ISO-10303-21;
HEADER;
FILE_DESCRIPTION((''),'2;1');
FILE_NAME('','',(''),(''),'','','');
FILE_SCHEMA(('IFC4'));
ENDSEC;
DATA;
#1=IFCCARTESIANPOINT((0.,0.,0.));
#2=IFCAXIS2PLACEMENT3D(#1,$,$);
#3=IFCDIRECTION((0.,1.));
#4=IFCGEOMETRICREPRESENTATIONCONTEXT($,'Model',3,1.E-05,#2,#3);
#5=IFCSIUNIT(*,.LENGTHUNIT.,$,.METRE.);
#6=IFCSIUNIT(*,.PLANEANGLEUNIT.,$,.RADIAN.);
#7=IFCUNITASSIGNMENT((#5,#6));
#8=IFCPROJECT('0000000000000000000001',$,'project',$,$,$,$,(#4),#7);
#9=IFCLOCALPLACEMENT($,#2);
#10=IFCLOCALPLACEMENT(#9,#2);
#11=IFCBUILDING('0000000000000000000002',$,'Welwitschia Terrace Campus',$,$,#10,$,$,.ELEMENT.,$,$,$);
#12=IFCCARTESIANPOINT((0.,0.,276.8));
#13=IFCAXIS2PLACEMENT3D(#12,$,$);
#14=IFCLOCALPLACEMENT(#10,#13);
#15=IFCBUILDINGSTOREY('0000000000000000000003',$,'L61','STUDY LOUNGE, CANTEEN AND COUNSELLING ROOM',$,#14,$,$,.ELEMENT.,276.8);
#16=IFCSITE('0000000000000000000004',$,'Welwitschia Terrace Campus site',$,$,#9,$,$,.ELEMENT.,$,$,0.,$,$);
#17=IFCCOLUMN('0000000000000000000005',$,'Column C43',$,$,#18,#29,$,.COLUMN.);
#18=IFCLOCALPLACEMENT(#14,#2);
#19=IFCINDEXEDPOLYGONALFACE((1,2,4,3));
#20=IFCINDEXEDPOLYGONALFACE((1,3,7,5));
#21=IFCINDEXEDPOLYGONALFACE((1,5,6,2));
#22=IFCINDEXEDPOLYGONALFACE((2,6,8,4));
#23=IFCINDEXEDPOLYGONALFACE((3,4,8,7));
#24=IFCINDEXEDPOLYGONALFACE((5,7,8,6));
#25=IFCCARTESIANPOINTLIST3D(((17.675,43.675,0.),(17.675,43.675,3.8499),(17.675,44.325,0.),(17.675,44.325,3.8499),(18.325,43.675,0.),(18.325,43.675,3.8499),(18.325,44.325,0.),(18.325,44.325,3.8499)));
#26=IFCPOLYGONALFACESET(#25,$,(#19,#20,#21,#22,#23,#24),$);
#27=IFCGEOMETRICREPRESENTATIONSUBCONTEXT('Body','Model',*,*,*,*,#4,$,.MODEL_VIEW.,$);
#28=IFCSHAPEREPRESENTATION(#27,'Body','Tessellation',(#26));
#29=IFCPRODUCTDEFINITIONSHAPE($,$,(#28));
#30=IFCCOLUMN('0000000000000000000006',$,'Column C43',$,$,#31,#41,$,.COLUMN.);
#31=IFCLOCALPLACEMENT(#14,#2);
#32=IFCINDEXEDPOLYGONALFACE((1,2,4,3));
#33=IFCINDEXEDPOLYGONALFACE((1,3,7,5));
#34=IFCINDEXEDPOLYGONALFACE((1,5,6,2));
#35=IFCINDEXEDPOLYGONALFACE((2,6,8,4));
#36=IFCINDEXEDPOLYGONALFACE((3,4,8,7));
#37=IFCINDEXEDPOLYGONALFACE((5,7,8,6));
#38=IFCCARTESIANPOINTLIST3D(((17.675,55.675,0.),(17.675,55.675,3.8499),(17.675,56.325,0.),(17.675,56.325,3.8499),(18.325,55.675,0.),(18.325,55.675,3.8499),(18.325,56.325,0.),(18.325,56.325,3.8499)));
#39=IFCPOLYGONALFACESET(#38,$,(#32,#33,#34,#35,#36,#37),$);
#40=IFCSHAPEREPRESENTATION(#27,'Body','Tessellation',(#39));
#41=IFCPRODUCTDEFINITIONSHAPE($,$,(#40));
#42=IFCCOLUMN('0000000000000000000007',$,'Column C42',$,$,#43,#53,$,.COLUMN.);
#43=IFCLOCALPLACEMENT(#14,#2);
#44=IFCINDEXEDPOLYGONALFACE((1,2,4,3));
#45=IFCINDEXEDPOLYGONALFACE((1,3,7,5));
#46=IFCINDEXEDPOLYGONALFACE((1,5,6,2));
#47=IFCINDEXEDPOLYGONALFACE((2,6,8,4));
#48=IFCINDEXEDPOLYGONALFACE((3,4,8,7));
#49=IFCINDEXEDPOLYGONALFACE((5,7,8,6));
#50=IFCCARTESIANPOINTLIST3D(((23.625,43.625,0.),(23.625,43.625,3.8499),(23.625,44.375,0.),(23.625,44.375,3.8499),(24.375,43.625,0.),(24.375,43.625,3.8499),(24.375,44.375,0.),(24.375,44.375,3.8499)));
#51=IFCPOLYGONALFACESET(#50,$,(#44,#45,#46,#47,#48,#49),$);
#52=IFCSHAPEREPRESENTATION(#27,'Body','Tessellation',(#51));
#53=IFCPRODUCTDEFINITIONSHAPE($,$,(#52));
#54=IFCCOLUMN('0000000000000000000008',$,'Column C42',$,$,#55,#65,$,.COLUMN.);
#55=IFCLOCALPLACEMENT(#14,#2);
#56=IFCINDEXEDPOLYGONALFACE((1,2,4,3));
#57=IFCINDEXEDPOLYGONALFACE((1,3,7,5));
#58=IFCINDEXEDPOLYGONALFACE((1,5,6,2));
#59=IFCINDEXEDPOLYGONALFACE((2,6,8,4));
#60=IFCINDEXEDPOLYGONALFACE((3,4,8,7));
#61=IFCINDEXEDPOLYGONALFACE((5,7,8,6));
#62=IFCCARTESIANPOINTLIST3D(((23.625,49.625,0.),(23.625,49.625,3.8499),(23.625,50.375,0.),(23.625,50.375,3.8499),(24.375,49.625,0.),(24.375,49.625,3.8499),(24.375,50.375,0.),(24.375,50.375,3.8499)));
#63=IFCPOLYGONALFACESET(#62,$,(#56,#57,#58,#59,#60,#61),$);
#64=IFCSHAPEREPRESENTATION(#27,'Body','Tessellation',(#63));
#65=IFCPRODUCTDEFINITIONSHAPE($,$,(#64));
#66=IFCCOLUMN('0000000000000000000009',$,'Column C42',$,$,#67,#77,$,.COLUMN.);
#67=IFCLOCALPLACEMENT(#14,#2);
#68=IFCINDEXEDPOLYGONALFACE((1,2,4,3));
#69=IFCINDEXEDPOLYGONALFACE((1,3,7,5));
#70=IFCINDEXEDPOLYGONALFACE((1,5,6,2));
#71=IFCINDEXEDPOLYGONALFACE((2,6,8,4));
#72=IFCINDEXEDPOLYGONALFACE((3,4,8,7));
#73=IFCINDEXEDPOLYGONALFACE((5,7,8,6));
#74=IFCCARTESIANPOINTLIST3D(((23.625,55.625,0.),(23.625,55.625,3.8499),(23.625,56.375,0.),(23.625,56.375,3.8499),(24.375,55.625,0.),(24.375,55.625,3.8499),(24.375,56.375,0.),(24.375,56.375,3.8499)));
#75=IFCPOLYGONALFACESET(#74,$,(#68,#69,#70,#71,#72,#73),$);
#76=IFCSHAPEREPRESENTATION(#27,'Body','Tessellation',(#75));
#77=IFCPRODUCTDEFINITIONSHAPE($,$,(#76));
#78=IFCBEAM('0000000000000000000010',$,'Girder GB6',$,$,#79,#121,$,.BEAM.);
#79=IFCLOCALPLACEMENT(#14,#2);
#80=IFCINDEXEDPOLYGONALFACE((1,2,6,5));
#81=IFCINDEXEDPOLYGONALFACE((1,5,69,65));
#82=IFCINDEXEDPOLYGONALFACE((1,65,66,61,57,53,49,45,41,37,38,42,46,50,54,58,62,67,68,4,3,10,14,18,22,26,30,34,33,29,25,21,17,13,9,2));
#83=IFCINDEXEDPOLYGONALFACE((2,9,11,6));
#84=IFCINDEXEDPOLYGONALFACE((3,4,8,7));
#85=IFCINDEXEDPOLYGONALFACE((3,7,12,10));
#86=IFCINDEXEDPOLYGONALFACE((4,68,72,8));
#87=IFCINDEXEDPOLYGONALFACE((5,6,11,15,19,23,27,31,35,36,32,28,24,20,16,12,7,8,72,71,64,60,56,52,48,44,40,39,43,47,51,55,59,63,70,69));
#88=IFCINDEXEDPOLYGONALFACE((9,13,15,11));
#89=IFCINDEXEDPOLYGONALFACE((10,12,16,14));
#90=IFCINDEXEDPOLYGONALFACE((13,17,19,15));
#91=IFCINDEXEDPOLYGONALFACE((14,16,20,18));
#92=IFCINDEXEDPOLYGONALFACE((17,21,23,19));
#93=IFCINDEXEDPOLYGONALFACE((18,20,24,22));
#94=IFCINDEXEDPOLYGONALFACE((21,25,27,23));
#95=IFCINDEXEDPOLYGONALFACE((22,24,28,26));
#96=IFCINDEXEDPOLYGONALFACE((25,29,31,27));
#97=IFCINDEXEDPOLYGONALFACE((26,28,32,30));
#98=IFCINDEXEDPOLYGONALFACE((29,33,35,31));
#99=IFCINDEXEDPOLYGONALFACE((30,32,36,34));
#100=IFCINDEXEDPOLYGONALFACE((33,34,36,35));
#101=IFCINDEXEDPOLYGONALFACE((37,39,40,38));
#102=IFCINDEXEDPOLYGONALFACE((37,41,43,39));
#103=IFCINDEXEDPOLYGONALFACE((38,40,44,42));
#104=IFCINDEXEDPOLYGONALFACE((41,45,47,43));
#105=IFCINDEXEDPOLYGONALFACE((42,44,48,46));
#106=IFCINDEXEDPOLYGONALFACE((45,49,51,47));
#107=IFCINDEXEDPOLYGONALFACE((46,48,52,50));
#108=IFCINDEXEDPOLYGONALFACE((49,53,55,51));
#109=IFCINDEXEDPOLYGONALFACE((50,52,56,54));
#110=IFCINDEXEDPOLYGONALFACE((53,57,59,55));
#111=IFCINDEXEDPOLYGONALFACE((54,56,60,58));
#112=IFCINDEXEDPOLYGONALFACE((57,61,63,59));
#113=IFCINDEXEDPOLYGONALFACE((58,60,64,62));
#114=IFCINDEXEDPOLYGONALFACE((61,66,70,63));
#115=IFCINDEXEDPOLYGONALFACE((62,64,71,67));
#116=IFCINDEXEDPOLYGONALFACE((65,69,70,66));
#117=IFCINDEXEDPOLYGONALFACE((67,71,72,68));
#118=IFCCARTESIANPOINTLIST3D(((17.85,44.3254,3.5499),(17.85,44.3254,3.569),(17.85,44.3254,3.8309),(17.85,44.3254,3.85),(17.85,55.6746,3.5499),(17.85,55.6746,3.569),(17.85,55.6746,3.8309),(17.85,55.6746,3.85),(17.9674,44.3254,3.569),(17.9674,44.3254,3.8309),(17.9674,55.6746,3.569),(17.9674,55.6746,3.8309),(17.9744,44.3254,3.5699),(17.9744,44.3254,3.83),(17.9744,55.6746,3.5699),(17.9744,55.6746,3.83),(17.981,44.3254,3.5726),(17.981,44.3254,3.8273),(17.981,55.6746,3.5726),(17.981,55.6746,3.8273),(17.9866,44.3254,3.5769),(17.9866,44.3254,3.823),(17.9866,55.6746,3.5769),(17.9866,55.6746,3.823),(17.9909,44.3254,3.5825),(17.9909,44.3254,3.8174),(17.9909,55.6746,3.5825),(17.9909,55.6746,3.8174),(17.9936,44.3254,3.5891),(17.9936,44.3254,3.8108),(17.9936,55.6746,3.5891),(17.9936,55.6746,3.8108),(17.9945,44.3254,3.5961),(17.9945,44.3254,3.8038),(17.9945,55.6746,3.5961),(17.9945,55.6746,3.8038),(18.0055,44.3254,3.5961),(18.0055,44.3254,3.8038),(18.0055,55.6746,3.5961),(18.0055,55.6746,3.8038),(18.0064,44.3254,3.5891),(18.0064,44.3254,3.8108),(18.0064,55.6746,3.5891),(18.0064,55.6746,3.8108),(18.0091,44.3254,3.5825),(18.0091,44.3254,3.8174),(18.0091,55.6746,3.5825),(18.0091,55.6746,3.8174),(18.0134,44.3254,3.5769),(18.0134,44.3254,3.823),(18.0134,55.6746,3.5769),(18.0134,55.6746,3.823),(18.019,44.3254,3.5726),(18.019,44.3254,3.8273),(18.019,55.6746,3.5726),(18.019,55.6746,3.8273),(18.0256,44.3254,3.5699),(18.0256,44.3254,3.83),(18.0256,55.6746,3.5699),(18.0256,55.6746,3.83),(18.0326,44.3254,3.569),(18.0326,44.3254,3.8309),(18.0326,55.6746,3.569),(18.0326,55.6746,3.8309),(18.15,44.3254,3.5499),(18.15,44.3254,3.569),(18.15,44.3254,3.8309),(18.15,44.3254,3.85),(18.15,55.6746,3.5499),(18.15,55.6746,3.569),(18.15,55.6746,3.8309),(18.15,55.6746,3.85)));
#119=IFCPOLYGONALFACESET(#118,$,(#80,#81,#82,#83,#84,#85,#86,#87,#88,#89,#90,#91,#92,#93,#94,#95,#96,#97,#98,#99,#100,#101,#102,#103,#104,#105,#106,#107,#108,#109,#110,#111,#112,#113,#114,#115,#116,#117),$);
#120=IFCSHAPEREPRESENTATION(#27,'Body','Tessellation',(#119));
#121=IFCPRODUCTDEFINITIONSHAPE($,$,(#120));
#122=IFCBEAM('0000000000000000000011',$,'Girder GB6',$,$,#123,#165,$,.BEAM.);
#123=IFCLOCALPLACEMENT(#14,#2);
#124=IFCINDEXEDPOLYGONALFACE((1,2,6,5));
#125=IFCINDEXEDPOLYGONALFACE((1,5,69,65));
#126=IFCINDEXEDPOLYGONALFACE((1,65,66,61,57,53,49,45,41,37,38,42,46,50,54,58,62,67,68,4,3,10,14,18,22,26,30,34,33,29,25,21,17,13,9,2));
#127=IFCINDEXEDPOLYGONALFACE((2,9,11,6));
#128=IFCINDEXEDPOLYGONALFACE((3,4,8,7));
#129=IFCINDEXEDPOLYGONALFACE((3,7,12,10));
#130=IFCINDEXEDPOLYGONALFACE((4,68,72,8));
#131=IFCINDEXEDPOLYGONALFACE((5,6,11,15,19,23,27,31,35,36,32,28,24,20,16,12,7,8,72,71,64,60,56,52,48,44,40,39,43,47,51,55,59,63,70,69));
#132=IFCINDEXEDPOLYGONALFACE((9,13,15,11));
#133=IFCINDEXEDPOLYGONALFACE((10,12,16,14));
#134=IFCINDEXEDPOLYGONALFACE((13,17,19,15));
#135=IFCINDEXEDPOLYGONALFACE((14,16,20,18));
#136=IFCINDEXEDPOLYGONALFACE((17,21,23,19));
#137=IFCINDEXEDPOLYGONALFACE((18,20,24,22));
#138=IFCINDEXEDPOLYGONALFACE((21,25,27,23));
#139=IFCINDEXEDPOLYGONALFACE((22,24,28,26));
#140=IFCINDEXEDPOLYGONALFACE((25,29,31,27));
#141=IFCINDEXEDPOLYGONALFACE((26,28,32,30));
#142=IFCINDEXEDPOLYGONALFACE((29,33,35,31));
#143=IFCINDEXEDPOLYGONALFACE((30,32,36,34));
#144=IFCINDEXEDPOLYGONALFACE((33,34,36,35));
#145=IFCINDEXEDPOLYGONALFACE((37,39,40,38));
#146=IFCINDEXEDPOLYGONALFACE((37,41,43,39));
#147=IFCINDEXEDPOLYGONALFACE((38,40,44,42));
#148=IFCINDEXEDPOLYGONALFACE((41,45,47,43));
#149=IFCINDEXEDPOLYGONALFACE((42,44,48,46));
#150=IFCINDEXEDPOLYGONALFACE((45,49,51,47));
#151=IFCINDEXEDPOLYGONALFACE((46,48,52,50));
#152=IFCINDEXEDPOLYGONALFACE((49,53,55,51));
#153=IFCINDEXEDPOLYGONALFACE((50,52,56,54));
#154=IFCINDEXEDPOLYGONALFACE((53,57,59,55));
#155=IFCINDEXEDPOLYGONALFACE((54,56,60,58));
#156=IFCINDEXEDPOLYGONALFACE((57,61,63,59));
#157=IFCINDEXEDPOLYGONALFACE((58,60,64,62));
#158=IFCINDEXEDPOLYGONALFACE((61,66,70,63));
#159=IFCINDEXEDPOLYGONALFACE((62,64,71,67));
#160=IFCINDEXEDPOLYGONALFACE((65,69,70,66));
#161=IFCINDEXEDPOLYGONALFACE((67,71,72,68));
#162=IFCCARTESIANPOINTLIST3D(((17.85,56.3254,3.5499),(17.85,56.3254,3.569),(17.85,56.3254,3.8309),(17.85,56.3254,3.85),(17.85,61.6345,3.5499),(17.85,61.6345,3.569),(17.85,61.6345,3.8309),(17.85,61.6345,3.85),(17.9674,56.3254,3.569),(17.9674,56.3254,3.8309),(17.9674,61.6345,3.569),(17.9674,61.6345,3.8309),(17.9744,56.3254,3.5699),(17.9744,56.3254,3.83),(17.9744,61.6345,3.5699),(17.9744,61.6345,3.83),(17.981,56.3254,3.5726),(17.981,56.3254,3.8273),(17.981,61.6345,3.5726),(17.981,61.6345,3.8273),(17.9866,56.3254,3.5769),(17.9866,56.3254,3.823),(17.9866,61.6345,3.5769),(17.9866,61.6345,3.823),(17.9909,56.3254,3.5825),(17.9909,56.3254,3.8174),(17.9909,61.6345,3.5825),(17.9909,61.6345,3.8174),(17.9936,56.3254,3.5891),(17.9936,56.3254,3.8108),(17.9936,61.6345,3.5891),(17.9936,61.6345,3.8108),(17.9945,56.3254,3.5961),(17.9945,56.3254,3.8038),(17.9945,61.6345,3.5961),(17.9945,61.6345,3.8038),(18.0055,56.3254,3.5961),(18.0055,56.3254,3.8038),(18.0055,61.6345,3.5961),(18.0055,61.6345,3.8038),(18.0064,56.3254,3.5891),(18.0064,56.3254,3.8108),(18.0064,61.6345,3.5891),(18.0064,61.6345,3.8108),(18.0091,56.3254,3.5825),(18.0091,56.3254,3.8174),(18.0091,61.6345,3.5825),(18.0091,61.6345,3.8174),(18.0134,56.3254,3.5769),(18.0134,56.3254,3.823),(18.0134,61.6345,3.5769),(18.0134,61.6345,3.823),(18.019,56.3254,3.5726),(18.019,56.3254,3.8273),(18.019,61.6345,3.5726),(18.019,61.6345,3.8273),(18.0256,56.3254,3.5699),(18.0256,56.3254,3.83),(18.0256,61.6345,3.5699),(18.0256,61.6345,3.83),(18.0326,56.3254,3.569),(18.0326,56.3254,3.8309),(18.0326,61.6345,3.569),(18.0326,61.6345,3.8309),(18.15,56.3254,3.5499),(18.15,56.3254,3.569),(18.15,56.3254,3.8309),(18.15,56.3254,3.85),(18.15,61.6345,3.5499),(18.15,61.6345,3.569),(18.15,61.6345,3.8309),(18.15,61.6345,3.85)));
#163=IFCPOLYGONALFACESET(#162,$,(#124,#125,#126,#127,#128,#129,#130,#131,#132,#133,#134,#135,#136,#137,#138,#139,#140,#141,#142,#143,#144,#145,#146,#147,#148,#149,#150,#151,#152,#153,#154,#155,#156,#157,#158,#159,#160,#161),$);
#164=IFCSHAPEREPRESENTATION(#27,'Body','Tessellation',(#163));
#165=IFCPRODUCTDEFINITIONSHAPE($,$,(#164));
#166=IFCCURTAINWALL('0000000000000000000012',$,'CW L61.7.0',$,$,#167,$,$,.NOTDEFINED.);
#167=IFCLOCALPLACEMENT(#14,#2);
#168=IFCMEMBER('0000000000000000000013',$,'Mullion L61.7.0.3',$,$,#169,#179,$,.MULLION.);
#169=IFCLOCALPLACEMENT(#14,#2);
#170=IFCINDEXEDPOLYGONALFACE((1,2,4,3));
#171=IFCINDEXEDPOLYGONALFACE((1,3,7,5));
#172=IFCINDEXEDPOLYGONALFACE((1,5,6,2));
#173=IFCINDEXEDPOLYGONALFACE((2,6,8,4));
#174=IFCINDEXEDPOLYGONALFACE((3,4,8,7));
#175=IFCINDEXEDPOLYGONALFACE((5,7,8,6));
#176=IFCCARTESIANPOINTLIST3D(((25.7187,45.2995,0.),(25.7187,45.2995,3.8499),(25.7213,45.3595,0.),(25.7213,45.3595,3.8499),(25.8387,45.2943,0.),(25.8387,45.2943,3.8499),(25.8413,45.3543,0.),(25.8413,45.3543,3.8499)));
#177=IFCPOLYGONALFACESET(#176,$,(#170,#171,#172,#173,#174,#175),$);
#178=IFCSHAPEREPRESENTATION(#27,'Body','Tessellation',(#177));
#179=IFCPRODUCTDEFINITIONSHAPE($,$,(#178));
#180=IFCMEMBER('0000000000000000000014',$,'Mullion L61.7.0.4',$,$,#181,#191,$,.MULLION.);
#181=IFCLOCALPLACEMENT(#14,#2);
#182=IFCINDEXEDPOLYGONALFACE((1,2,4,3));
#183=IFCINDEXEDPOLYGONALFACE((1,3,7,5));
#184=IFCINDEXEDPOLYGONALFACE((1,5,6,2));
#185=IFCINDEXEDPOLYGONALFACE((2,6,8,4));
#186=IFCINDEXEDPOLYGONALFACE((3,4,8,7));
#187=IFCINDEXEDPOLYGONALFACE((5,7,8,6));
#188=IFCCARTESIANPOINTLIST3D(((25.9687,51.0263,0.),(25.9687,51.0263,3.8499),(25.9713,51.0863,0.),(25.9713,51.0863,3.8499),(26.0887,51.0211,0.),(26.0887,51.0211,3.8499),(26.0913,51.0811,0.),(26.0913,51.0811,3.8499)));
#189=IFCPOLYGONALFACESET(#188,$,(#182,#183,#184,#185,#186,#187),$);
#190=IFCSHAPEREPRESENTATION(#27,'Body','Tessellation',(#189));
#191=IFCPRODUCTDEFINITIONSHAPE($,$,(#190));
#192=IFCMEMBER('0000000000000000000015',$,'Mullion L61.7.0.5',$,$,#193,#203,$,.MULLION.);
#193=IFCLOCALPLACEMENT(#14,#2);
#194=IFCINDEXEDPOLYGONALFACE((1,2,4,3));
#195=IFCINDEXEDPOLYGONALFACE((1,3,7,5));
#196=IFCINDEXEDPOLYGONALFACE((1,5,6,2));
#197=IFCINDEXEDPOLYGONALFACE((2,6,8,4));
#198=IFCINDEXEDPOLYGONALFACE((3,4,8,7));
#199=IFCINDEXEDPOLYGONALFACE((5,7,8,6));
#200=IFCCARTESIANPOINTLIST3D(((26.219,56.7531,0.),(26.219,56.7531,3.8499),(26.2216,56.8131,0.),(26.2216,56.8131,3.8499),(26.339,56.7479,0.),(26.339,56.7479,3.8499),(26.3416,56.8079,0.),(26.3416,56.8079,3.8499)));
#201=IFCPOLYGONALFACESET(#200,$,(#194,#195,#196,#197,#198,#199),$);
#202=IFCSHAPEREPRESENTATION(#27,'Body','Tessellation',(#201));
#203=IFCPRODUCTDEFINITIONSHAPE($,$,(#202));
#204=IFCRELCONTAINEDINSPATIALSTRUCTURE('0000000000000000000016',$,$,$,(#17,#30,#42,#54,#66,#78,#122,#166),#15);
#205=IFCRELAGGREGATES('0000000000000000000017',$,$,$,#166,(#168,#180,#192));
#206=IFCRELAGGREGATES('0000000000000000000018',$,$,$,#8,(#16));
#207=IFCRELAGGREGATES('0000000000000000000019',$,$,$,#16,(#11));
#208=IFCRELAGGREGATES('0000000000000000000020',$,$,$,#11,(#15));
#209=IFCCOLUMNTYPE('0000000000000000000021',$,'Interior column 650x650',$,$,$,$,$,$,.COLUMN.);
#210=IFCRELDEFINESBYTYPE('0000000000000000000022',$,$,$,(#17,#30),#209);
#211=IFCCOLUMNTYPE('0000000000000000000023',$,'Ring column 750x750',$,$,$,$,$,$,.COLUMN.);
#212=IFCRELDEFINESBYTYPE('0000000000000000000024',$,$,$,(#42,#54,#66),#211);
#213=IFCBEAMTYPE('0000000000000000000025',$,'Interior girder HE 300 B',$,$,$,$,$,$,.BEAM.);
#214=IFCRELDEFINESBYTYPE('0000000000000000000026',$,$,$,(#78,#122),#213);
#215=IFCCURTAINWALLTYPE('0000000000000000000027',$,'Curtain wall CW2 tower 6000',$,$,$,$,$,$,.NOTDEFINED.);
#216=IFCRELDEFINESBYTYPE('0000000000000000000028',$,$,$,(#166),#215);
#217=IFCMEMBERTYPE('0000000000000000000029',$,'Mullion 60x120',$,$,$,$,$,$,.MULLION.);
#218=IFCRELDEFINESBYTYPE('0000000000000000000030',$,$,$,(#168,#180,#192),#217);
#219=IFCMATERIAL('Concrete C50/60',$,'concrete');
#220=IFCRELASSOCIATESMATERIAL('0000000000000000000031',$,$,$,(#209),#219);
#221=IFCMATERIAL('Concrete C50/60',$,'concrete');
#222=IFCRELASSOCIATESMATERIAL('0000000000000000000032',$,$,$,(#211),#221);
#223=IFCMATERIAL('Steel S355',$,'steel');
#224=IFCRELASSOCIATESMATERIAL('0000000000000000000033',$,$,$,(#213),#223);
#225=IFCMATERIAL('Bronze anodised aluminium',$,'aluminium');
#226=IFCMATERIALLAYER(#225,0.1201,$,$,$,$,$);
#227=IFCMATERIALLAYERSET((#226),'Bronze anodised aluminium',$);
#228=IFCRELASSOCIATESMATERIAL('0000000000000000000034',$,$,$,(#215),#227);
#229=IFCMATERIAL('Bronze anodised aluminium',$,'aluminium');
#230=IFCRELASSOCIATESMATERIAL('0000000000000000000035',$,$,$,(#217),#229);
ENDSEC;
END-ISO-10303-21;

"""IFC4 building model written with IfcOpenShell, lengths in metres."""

from ifc_helpers import new_model, si_unit, direction, frame, origin, origin_2d, place, context, subcontext, project, spatial, rectangle, i_section, extrude, material, layer, layer_set, material_profile, profile_set, type_object, element, aggregate, save


model = new_model("IFC4")

# Units and contexts
model_context = context("Model", 3, precision=1e-05, world=origin(), true_north=direction((0.0, 1.0)))
body_context = subcontext(model_context, "Body", "Model", "MODEL_VIEW")
ifc_project = project(units=[si_unit("LENGTHUNIT", "METRE"), si_unit("PLANEANGLEUNIT", "RADIAN")], contexts=[model_context])

# Site, building, storey
site_placement = place(None, origin())
site = spatial("IfcSite", under=ifc_project, at=site_placement, Name="Welwitschia Terrace Campus site", CompositionType="ELEMENT", RefElevation=0.0)
building_placement = place(site_placement, origin())
building = spatial("IfcBuilding", under=site, at=building_placement, Name="Welwitschia Terrace Campus", CompositionType="ELEMENT")
storey_placement = place(building_placement, frame((0.0, 0.0, 276.8)))
storey = spatial("IfcBuildingStorey", under=building, at=storey_placement, Name="L61", Description="STUDY LOUNGE, CANTEEN AND COUNSELLING ROOM", CompositionType="ELEMENT", Elevation=276.8)

# Columns
ifc_material_1 = material(Name="Concrete C50/60", Category="concrete")
ifc_material_profile_1 = material_profile(ifc_material_1, rectangle(XDim=0.6499, YDim=0.6499, at=origin_2d()))
ifc_profile_set_1 = profile_set([ifc_material_profile_1], Name="Concrete C50/60")
column_type_1 = type_object("IfcColumnType", Name="Interior column 650x650", PredefinedType="COLUMN", material=ifc_profile_set_1)
for number, where, z_axis, x_axis, name in (
    (1, (18.0, 44.0, 0.0), (0.0, 0.0, 1.0), (1.0, 0.0, 0.0), "Column C43"),
    (2, (18.0, 56.0, 0.0), (0.0, 0.0, 1.0), (1.0, 0.0, 0.0), "Column C43"),
):
    element("IfcColumn", number, at=place(storey_placement, frame(where, z_axis=z_axis, x_axis=x_axis)), inside=storey, type_object=column_type_1, Name=name, PredefinedType="COLUMN", context=body_context, shape_type="SweptSolid", body=[
        extrude(rectangle(XDim=0.6499, YDim=0.6499, at=origin_2d()), origin(), (0.0, 0.0, 1.0), 3.8499),
    ])
ifc_material_2 = material(Name="Concrete C50/60", Category="concrete")
ifc_material_profile_2 = material_profile(ifc_material_2, rectangle(XDim=0.75, YDim=0.75, at=origin_2d()))
ifc_profile_set_2 = profile_set([ifc_material_profile_2], Name="Concrete C50/60")
column_type_2 = type_object("IfcColumnType", Name="Ring column 750x750", PredefinedType="COLUMN", material=ifc_profile_set_2)
for number, where, z_axis, x_axis, name in (
    (3, (24.0, 44.0, 0.0), (0.0, 0.0, 1.0), (1.0, 0.0, 0.0), "Column C42"),
    (4, (24.0, 50.0, 0.0), (0.0, 0.0, 1.0), (1.0, 0.0, 0.0), "Column C42"),
    (5, (24.0, 56.0, 0.0), (0.0, 0.0, 1.0), (1.0, 0.0, 0.0), "Column C42"),
):
    element("IfcColumn", number, at=place(storey_placement, frame(where, z_axis=z_axis, x_axis=x_axis)), inside=storey, type_object=column_type_2, Name=name, PredefinedType="COLUMN", context=body_context, shape_type="SweptSolid", body=[
        extrude(rectangle(XDim=0.75, YDim=0.75, at=origin_2d()), origin(), (0.0, 0.0, 1.0), 3.8499),
    ])

# Beams
ifc_material_3 = material(Name="Steel S355", Category="steel")
ifc_material_profile_3 = material_profile(ifc_material_3, i_section(OverallWidth=0.3, OverallDepth=0.3, WebThickness=0.011, FlangeThickness=0.019, FilletRadius=0.0271, at=origin_2d()))
ifc_profile_set_3 = profile_set([ifc_material_profile_3], Name="Steel S355")
beam_type_1 = type_object("IfcBeamType", Name="Interior girder HE 300 B", PredefinedType="BEAM", material=ifc_profile_set_3)
beam_1_placement = place(storey_placement, frame((18.0, 44.3254, 3.7), z_axis=(0.0, 1.0, 0.0), x_axis=(-1.0, 0.0, 0.0)))
element("IfcBeam", 6, at=beam_1_placement, inside=storey, type_object=beam_type_1, Name="Girder GB6", PredefinedType="BEAM", context=body_context, shape_type="SweptSolid", body=[
    extrude(i_section(OverallWidth=0.3, OverallDepth=0.3, WebThickness=0.011, FlangeThickness=0.019, FilletRadius=0.0271, at=origin_2d()), origin(), (0.0, 0.0, 1.0), 11.3491),
])
beam_2_placement = place(storey_placement, frame((18.0, 56.3254, 3.7), z_axis=(0.0, 1.0, 0.0), x_axis=(-1.0, 0.0, 0.0)))
element("IfcBeam", 7, at=beam_2_placement, inside=storey, type_object=beam_type_1, Name="Girder GB6", PredefinedType="BEAM", context=body_context, shape_type="SweptSolid", body=[
    extrude(i_section(OverallWidth=0.3, OverallDepth=0.3, WebThickness=0.011, FlangeThickness=0.019, FilletRadius=0.0271, at=origin_2d()), origin(), (0.0, 0.0, 1.0), 5.3091),
])

# Curtain wall, members
ifc_material_4 = material(Name="Bronze anodised aluminium", Category="aluminium")
ifc_layer_1 = layer(ifc_material_4, 0.1201)
ifc_layer_set_1 = layer_set([ifc_layer_1], Name="Bronze anodised aluminium")
curtain_wall_type = type_object("IfcCurtainWallType", Name="Curtain wall CW2 tower 6000", PredefinedType="NOTDEFINED", material=ifc_layer_set_1)
curtain_wall_placement = place(storey_placement, origin())
curtain_wall = element("IfcCurtainWall", 8, at=curtain_wall_placement, inside=storey, type_object=curtain_wall_type, Name="CW L61.7.0", PredefinedType="NOTDEFINED")
ifc_material_5 = material(Name="Bronze anodised aluminium", Category="aluminium")
ifc_material_profile_4 = material_profile(ifc_material_5, rectangle(XDim=0.1201, YDim=0.0601, at=origin_2d()))
ifc_profile_set_4 = profile_set([ifc_material_profile_4], Name="Bronze anodised aluminium")
member_type = type_object("IfcMemberType", Name="Mullion 60x120", PredefinedType="MULLION", material=ifc_profile_set_4)
member_1_placement = place(storey_placement, frame((25.78, 45.3269, 0.0), z_axis=(0.0, 0.0, 1.0), x_axis=(-0.999048, 0.043619, 0.0)))
member_1 = element("IfcMember", 9, at=member_1_placement, type_object=member_type, Name="Mullion L61.7.0.3", PredefinedType="MULLION", context=body_context, shape_type="SweptSolid", body=[
    extrude(rectangle(XDim=0.1201, YDim=0.0601, at=origin_2d()), origin(), (0.0, 0.0, 1.0), 3.8499),
])
member_2_placement = place(storey_placement, frame((26.03, 51.0537, 0.0), z_axis=(0.0, 0.0, 1.0), x_axis=(-0.999048, 0.043619, 0.0)))
member_2 = element("IfcMember", 10, at=member_2_placement, type_object=member_type, Name="Mullion L61.7.0.4", PredefinedType="MULLION", context=body_context, shape_type="SweptSolid", body=[
    extrude(rectangle(XDim=0.1201, YDim=0.0601, at=origin_2d()), origin(), (0.0, 0.0, 1.0), 3.8499),
])
member_3_placement = place(storey_placement, frame((26.2803, 56.7805, 0.0), z_axis=(0.0, 0.0, 1.0), x_axis=(-0.999048, 0.043619, 0.0)))
member_3 = element("IfcMember", 11, at=member_3_placement, type_object=member_type, Name="Mullion L61.7.0.5", PredefinedType="MULLION", context=body_context, shape_type="SweptSolid", body=[
    extrude(rectangle(XDim=0.1201, YDim=0.0601, at=origin_2d()), origin(), (0.0, 0.0, 1.0), 3.8499),
])

aggregate(curtain_wall, [member_1, member_2, member_3])

save(model, "model.ifc")
